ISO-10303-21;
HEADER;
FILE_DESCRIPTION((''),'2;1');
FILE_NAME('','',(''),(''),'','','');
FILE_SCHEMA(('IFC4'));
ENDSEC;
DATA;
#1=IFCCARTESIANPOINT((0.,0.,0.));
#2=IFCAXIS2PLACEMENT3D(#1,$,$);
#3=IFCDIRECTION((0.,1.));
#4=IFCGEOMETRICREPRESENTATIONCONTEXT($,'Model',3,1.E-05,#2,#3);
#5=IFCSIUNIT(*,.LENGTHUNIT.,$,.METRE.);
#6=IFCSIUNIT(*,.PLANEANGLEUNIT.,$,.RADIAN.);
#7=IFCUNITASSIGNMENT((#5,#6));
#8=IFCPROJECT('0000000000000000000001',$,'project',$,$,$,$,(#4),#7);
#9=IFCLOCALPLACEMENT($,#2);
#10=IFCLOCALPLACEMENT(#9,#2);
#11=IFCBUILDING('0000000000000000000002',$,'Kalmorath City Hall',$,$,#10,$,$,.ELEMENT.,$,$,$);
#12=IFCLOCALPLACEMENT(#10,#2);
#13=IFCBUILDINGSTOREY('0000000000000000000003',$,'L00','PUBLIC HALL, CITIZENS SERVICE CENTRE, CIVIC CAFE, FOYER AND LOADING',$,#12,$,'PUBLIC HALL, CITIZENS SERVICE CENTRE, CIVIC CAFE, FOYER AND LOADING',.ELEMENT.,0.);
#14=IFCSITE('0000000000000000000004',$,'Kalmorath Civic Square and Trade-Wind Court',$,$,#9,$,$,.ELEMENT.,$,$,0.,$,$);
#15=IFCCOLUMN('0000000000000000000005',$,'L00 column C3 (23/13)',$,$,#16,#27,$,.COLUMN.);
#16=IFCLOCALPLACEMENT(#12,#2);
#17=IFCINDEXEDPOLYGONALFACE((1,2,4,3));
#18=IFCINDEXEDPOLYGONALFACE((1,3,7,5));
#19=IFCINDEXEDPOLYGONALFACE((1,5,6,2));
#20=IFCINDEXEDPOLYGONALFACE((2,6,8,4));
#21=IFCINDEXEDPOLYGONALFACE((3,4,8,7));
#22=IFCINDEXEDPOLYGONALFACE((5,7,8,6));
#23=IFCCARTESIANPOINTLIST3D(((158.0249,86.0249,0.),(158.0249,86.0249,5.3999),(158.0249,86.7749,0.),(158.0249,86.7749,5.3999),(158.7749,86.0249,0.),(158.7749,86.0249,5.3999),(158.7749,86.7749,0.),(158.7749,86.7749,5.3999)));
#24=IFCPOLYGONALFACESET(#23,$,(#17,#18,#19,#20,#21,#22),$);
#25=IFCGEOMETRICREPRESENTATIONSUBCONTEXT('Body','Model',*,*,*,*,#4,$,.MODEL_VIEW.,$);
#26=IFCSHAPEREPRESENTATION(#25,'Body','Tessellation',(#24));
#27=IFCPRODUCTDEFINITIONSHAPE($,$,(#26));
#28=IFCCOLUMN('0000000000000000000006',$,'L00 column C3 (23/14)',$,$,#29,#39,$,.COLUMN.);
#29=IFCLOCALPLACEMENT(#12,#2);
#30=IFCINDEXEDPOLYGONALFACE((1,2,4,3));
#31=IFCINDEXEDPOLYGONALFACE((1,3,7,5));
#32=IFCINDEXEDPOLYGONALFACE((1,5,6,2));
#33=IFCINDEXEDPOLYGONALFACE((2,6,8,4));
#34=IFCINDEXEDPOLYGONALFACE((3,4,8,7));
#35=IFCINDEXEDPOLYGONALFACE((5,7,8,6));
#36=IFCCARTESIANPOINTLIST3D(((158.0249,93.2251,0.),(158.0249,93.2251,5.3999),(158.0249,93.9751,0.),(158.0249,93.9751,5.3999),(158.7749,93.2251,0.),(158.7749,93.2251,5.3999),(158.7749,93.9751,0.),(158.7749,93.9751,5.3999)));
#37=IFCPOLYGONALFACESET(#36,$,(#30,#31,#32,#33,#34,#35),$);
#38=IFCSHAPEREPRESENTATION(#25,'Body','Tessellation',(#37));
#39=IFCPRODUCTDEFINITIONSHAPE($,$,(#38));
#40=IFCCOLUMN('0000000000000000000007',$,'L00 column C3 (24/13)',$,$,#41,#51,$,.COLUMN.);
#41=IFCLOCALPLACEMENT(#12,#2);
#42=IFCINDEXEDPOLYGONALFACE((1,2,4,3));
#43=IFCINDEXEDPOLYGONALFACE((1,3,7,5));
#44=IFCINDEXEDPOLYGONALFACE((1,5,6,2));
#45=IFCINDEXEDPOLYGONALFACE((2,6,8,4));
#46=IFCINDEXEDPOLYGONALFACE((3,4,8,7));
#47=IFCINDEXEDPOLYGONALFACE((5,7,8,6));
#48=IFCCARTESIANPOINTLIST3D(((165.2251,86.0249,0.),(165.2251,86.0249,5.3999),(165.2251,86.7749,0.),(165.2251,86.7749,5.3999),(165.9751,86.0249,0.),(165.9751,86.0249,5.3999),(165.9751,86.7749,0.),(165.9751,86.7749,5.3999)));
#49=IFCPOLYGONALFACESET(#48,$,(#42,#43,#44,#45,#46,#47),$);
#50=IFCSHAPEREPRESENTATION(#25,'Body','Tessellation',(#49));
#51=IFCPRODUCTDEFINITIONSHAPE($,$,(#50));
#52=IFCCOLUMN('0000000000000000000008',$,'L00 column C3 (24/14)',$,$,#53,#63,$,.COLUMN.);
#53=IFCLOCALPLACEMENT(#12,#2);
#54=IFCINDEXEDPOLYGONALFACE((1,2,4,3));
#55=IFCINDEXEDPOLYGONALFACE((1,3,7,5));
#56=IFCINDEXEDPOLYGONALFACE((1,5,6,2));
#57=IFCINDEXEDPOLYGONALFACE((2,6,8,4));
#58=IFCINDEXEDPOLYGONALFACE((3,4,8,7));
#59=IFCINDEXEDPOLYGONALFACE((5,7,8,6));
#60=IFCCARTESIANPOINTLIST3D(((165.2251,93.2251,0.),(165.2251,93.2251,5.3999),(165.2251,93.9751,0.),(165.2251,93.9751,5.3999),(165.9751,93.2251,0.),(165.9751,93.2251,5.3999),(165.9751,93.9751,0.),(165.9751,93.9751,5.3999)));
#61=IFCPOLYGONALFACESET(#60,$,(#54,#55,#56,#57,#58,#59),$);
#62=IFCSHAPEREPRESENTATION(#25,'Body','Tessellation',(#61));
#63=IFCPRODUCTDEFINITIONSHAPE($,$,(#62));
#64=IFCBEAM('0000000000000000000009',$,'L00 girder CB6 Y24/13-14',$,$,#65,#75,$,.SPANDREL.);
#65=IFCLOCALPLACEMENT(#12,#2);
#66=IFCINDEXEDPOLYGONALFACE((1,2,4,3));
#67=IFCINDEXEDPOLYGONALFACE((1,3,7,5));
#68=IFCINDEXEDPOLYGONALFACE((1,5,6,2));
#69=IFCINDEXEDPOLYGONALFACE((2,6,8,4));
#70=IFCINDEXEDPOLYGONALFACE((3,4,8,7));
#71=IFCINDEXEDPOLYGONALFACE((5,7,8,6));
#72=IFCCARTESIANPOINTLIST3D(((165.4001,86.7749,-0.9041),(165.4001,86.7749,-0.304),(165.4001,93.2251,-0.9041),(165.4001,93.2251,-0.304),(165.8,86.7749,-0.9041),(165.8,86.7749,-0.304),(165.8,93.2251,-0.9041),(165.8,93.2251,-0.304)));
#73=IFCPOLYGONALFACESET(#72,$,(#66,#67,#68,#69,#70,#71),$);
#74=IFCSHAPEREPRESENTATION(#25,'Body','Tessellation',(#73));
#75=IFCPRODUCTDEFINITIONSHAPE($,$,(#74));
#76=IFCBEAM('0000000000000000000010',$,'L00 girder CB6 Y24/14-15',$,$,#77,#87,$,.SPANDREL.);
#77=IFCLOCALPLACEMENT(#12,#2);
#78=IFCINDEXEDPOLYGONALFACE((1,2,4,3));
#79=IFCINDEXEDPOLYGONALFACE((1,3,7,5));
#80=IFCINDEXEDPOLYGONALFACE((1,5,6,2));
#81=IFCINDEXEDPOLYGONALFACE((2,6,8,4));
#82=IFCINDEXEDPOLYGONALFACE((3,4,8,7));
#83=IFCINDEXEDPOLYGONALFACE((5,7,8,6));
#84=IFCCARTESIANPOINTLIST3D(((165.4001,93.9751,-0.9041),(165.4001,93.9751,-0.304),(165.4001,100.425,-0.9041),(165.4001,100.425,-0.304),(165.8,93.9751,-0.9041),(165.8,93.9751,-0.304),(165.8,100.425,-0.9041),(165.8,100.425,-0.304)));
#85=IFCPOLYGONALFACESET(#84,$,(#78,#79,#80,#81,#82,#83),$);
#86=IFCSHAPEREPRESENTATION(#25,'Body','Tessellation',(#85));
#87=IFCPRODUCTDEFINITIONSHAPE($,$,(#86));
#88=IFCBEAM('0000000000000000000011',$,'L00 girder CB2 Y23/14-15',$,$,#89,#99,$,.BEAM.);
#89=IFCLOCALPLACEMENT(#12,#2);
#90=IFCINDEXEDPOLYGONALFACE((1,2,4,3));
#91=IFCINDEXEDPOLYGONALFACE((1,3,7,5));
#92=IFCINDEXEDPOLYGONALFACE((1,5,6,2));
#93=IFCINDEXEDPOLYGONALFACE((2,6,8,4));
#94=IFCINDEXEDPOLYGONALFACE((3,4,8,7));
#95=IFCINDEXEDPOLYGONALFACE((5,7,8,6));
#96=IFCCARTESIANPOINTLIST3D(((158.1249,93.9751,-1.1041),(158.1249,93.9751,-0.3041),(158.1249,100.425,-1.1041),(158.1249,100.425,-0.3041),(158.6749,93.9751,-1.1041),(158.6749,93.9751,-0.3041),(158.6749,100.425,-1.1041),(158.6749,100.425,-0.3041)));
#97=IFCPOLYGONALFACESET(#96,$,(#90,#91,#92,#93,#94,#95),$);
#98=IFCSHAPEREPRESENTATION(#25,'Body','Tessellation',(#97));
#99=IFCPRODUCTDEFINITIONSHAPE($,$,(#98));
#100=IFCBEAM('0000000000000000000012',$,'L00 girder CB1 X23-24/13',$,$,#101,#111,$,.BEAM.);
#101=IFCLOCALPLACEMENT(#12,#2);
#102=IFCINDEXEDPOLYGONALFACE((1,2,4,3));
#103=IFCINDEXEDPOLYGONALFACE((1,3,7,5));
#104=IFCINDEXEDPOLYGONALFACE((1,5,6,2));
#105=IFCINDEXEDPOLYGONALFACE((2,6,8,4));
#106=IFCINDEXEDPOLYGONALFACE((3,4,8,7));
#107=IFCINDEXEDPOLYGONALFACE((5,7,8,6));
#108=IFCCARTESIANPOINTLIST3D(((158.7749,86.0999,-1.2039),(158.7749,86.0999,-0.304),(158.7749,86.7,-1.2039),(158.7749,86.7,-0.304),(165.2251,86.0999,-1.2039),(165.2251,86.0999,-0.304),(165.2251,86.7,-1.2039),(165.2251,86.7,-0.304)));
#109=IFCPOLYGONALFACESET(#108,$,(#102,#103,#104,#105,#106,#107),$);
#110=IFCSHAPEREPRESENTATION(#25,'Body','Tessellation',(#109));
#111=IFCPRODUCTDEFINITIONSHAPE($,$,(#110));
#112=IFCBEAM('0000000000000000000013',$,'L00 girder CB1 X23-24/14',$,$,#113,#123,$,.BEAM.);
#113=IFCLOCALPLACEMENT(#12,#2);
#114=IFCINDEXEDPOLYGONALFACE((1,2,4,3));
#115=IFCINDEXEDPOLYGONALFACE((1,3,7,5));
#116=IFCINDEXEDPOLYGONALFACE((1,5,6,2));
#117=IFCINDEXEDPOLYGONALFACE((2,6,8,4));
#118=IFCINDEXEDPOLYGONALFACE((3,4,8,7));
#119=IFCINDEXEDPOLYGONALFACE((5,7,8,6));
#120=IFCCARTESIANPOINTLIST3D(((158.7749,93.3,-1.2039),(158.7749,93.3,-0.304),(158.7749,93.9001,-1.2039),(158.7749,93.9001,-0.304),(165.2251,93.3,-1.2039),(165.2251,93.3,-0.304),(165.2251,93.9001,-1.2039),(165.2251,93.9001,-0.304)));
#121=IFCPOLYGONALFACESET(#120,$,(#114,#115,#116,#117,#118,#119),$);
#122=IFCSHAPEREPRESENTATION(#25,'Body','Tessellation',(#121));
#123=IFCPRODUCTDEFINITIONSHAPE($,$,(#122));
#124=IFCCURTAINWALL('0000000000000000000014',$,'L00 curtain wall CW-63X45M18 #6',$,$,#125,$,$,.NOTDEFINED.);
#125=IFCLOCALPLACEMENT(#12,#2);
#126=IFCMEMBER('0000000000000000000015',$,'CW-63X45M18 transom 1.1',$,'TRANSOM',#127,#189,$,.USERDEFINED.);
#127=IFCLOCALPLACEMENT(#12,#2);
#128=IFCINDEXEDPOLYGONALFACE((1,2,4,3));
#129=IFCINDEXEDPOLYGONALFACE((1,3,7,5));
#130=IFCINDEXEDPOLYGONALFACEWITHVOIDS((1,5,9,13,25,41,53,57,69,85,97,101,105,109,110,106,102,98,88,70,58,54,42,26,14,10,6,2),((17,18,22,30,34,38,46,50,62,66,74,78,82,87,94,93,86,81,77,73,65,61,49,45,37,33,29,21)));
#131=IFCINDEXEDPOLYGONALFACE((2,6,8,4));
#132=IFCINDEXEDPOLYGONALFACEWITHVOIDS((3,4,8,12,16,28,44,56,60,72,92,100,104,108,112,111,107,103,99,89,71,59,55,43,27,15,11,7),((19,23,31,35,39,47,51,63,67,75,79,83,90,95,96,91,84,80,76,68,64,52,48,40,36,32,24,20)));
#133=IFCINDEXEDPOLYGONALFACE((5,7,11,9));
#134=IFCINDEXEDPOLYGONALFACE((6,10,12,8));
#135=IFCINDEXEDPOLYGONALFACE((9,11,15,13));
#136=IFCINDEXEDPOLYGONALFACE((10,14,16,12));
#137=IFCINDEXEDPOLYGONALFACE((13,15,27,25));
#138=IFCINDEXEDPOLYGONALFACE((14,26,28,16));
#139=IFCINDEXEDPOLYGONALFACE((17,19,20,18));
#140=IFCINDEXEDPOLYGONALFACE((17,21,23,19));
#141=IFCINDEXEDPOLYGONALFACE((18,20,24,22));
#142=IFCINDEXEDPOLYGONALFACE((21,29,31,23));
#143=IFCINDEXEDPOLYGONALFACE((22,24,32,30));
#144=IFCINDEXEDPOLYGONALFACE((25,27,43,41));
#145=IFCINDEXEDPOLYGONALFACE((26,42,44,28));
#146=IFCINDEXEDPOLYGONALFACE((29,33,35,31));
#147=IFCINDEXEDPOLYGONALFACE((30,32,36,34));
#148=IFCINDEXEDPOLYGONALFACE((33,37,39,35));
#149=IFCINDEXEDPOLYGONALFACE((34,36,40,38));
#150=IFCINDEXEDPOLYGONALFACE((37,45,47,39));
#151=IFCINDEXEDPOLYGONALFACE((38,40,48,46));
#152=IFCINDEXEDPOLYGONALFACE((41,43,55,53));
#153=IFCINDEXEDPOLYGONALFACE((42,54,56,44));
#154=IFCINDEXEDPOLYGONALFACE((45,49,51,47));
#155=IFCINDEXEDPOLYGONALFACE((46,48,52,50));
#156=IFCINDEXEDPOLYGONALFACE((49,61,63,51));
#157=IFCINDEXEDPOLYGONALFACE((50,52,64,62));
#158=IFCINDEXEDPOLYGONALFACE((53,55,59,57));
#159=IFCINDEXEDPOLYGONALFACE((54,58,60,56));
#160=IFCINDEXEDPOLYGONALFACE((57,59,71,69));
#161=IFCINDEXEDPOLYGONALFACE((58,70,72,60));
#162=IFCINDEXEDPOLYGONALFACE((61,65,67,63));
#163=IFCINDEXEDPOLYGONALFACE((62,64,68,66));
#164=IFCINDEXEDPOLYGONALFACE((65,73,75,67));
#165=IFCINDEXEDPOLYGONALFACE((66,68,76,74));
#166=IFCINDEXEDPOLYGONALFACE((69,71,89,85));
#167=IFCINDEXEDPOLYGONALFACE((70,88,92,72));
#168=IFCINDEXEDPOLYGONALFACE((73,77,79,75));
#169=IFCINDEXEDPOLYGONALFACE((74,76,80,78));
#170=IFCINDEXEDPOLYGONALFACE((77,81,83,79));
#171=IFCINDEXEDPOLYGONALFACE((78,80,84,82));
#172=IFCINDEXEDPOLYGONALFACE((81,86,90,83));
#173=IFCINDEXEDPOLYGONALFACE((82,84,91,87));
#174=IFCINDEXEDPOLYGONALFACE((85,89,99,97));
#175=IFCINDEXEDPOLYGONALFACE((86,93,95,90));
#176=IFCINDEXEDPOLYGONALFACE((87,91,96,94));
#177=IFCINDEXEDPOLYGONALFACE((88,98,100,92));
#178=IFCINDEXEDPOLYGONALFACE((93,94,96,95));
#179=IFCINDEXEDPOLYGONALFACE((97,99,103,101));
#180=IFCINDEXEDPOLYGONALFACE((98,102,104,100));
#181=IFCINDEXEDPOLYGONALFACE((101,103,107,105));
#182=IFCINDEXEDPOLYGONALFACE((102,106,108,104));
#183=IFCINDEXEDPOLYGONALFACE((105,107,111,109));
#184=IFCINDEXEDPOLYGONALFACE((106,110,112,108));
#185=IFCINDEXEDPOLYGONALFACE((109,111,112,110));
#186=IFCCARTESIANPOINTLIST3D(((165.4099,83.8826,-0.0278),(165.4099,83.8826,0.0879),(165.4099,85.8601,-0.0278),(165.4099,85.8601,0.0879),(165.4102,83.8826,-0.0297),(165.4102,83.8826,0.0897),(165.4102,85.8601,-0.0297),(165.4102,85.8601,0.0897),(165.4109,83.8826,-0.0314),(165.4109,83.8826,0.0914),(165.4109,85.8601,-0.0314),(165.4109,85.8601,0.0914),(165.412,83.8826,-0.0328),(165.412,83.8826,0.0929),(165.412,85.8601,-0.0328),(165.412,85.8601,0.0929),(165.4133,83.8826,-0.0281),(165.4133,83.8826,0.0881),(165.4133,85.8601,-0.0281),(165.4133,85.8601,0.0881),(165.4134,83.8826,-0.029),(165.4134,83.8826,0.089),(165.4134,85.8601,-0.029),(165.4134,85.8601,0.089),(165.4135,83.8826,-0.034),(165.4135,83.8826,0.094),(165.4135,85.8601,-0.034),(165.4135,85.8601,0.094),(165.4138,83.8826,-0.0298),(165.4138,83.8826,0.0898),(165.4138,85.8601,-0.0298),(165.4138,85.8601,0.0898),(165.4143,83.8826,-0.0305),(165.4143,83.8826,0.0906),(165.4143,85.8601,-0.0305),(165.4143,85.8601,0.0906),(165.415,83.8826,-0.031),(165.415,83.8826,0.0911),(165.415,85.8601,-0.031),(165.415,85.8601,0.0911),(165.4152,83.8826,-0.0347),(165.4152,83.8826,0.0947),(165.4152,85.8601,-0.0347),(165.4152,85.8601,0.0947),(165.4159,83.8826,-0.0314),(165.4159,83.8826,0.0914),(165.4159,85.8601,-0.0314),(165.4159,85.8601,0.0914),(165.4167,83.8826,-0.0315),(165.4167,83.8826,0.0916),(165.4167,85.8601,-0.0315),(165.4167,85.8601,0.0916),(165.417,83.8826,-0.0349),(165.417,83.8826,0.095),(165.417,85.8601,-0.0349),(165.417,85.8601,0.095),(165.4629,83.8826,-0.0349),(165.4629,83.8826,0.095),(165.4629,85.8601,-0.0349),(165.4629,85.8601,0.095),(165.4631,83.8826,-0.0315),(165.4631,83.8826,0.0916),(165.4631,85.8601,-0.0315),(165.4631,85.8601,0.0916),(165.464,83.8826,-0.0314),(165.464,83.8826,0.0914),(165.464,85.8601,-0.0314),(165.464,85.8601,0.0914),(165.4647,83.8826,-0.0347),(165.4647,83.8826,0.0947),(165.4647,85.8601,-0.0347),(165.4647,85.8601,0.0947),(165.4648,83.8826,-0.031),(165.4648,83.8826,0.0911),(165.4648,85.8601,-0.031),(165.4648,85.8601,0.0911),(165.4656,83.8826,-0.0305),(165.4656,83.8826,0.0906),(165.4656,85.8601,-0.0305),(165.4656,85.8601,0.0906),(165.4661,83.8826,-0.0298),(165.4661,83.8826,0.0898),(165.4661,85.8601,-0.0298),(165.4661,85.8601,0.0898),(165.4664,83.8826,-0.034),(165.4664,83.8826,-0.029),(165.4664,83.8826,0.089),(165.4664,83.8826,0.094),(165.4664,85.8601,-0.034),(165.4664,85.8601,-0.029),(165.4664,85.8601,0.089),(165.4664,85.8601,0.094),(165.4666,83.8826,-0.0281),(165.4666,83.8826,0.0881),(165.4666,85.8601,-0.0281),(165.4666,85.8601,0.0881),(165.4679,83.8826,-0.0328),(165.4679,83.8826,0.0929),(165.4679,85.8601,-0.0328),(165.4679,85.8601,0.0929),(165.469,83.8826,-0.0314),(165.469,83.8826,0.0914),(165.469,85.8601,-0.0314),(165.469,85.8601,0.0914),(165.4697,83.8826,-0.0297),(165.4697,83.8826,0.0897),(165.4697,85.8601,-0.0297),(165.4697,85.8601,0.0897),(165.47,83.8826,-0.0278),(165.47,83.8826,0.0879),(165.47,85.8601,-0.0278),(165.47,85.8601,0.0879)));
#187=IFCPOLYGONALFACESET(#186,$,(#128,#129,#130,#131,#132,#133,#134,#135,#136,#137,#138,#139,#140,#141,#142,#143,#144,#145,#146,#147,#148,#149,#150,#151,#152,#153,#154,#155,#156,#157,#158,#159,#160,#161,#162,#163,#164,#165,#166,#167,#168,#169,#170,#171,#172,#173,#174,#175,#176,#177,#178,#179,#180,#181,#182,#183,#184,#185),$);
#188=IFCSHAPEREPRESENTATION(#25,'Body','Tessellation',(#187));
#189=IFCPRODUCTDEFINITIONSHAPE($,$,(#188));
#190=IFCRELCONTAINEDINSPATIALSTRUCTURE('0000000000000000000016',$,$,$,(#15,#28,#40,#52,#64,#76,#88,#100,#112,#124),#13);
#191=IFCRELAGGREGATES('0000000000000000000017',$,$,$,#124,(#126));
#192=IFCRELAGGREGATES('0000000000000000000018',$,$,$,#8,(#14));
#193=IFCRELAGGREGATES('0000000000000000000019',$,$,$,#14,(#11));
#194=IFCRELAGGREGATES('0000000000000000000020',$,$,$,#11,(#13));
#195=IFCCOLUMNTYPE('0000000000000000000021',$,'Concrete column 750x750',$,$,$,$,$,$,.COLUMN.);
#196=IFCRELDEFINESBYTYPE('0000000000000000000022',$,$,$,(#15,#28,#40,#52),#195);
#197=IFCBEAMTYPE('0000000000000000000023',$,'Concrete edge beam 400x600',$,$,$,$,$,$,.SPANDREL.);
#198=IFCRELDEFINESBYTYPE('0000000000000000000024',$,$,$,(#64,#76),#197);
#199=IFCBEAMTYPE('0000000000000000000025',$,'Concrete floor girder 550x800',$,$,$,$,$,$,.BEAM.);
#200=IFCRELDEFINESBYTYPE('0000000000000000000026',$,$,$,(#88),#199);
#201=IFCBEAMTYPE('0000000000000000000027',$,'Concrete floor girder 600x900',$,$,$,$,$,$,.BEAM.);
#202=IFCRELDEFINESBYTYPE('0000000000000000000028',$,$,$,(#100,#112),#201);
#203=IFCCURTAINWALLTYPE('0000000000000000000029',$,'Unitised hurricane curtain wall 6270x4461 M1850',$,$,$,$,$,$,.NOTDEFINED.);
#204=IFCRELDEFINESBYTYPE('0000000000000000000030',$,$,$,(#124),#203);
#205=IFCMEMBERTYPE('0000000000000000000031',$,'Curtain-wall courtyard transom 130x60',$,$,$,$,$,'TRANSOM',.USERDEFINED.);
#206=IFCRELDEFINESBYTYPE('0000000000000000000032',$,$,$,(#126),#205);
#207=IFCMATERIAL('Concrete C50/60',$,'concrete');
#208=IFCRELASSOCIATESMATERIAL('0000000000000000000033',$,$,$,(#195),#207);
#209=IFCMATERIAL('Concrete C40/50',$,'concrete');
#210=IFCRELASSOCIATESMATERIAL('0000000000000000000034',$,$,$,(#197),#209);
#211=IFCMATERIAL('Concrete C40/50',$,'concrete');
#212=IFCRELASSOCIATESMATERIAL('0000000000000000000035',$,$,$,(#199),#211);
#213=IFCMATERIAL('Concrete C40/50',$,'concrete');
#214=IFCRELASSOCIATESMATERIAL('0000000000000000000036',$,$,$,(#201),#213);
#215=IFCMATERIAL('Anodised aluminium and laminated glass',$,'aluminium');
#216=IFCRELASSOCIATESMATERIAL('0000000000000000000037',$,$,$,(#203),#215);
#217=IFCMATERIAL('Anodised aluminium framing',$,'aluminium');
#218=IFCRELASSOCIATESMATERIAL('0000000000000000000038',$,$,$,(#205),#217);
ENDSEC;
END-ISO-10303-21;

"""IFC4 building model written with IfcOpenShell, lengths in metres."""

from ifc_helpers import new_model, si_unit, direction, frame, origin, origin_2d, place, context, subcontext, project, spatial, rectangle, hollow_rectangle, extrude, material, material_profile, profile_set, type_object, element, aggregate, save


model = new_model("IFC4")

# Units and contexts
model_context = context("Model", 3, precision=1e-05, world=origin(), true_north=direction((0.0, 1.0)))
body_context = subcontext(model_context, "Body", "Model", "MODEL_VIEW")
ifc_project = project(units=[si_unit("LENGTHUNIT", "METRE"), si_unit("PLANEANGLEUNIT", "RADIAN")], contexts=[model_context])

# Site, building, storey
site_placement = place(None, origin())
site = spatial("IfcSite", under=ifc_project, at=site_placement, Name="Kalmorath Civic Square and Trade-Wind Court", CompositionType="ELEMENT", RefElevation=0.0)
building_placement = place(site_placement, origin())
building = spatial("IfcBuilding", under=site, at=building_placement, Name="Kalmorath City Hall", CompositionType="ELEMENT")
storey_placement = place(building_placement, origin())
storey = spatial("IfcBuildingStorey", under=building, at=storey_placement, Name="L00", Description="PUBLIC HALL, CITIZENS SERVICE CENTRE, CIVIC CAFE, FOYER AND LOADING", LongName="PUBLIC HALL, CITIZENS SERVICE CENTRE, CIVIC CAFE, FOYER AND LOADING", CompositionType="ELEMENT", Elevation=0.0)

# Columns
ifc_material_1 = material(Name="Concrete C50/60", Category="concrete")
ifc_material_profile_1 = material_profile(ifc_material_1, rectangle(XDim=0.75, YDim=0.75, at=origin_2d()), Name="RC-COL-750X750")
ifc_profile_set_1 = profile_set([ifc_material_profile_1], Name="Concrete C50/60")
column_type = type_object("IfcColumnType", Name="Concrete column 750x750", PredefinedType="COLUMN", material=ifc_profile_set_1)
for number, where, z_axis, x_axis, name in (
    (1, (158.3999, 86.3999, 0.0), (0.0, 0.0, 1.0), (1.0, 0.0, 0.0), "L00 column C3 (23/13)"),
    (2, (158.3999, 93.6001, 0.0), (0.0, 0.0, 1.0), (1.0, 0.0, 0.0), "L00 column C3 (23/14)"),
    (3, (165.6001, 86.3999, 0.0), (0.0, 0.0, 1.0), (1.0, 0.0, 0.0), "L00 column C3 (24/13)"),
    (4, (165.6001, 93.6001, 0.0), (0.0, 0.0, 1.0), (1.0, 0.0, 0.0), "L00 column C3 (24/14)"),
):
    element("IfcColumn", number, at=place(storey_placement, frame(where, z_axis=z_axis, x_axis=x_axis)), inside=storey, type_object=column_type, Name=name, PredefinedType="COLUMN", context=body_context, shape_type="SweptSolid", body=[
        extrude(rectangle(XDim=0.75, YDim=0.75, at=origin_2d()), origin(), (0.0, 0.0, 1.0), 5.3999),
    ])

# Beams
ifc_material_2 = material(Name="Concrete C40/50", Category="concrete")
ifc_material_profile_2 = material_profile(ifc_material_2, rectangle(XDim=0.3999, YDim=0.6001, at=origin_2d()), Name="RC-BM-400X600")
ifc_profile_set_2 = profile_set([ifc_material_profile_2], Name="Concrete C40/50")
beam_type_1 = type_object("IfcBeamType", Name="Concrete edge beam 400x600", PredefinedType="SPANDREL", material=ifc_profile_set_2)
beam_1_placement = place(storey_placement, frame((165.6001, 86.7749, -0.604), z_axis=(0.0, 1.0, 0.0), x_axis=(-1.0, 0.0, 0.0)))
element("IfcBeam", 5, at=beam_1_placement, inside=storey, type_object=beam_type_1, Name="L00 girder CB6 Y24/13-14", PredefinedType="SPANDREL", context=body_context, shape_type="SweptSolid", body=[
    extrude(rectangle(XDim=0.3999, YDim=0.6001, at=origin_2d()), origin(), (0.0, 0.0, 1.0), 6.4502),
])
beam_2_placement = place(storey_placement, frame((165.6001, 93.9751, -0.604), z_axis=(0.0, 1.0, 0.0), x_axis=(-1.0, 0.0, 0.0)))
element("IfcBeam", 6, at=beam_2_placement, inside=storey, type_object=beam_type_1, Name="L00 girder CB6 Y24/14-15", PredefinedType="SPANDREL", context=body_context, shape_type="SweptSolid", body=[
    extrude(rectangle(XDim=0.3999, YDim=0.6001, at=origin_2d()), origin(), (0.0, 0.0, 1.0), 6.45),
])
ifc_material_3 = material(Name="Concrete C40/50", Category="concrete")
ifc_material_profile_3 = material_profile(ifc_material_3, rectangle(XDim=0.55, YDim=0.8, at=origin_2d()), Name="RC-BM-550X800")
ifc_profile_set_3 = profile_set([ifc_material_profile_3], Name="Concrete C40/50")
beam_type_2 = type_object("IfcBeamType", Name="Concrete floor girder 550x800", PredefinedType="BEAM", material=ifc_profile_set_3)
beam_3_placement = place(storey_placement, frame((158.3999, 93.9751, -0.7041), z_axis=(0.0, 1.0, 0.0), x_axis=(-1.0, 0.0, 0.0)))
element("IfcBeam", 7, at=beam_3_placement, inside=storey, type_object=beam_type_2, Name="L00 girder CB2 Y23/14-15", PredefinedType="BEAM", context=body_context, shape_type="SweptSolid", body=[
    extrude(rectangle(XDim=0.55, YDim=0.8, at=origin_2d()), origin(), (0.0, 0.0, 1.0), 6.45),
])
ifc_material_4 = material(Name="Concrete C40/50", Category="concrete")
ifc_material_profile_4 = material_profile(ifc_material_4, rectangle(XDim=0.6001, YDim=0.8999, at=origin_2d()), Name="RC-BM-600X900")
ifc_profile_set_4 = profile_set([ifc_material_profile_4], Name="Concrete C40/50")
beam_type_3 = type_object("IfcBeamType", Name="Concrete floor girder 600x900", PredefinedType="BEAM", material=ifc_profile_set_4)
for number, where, z_axis, x_axis, name in (
    (8, (158.7749, 86.3999, -0.7539), (1.0, 0.0, 0.0), (0.0, 1.0, 0.0), "L00 girder CB1 X23-24/13"),
    (9, (158.7749, 93.6001, -0.7539), (1.0, 0.0, 0.0), (0.0, 1.0, 0.0), "L00 girder CB1 X23-24/14"),
):
    element("IfcBeam", number, at=place(storey_placement, frame(where, z_axis=z_axis, x_axis=x_axis)), inside=storey, type_object=beam_type_3, Name=name, PredefinedType="BEAM", context=body_context, shape_type="SweptSolid", body=[
        extrude(rectangle(XDim=0.6001, YDim=0.8999, at=origin_2d()), origin(), (0.0, 0.0, 1.0), 6.4502),
    ])

# Curtain wall, member
ifc_material_5 = material(Name="Anodised aluminium and laminated glass", Category="aluminium")
curtain_wall_type = type_object("IfcCurtainWallType", Name="Unitised hurricane curtain wall 6270x4461 M1850", PredefinedType="NOTDEFINED", material=ifc_material_5)
curtain_wall_1_placement = place(storey_placement, origin())
curtain_wall_1 = element("IfcCurtainWall", 10, at=curtain_wall_1_placement, inside=storey, type_object=curtain_wall_type, Name="L00 curtain wall CW-63X45M18 #6", PredefinedType="NOTDEFINED")
ifc_material_6 = material(Name="Anodised aluminium framing", Category="aluminium")
ifc_material_profile_5 = material_profile(ifc_material_6, hollow_rectangle(XDim=0.0601, YDim=0.1299, WallThickness=0.0034, InnerFilletRadius=0.0034, OuterFilletRadius=0.0071, at=origin_2d()), Name="ALU-TRN-130X60X3.5")
ifc_profile_set_5 = profile_set([ifc_material_profile_5], Name="Anodised aluminium framing")
member_type_1 = type_object("IfcMemberType", Name="Curtain-wall courtyard transom 130x60", ElementType="TRANSOM", PredefinedType="USERDEFINED", material=ifc_profile_set_5)
member_1_placement = place(storey_placement, frame((165.4399, 85.8601, 0.03), z_axis=(0.0, -1.0, 0.0), x_axis=(1.0, 0.0, 0.0)))
member_1 = element("IfcMember", 11, at=member_1_placement, type_object=member_type_1, Name="CW-63X45M18 transom 1.1", ObjectType="TRANSOM", PredefinedType="USERDEFINED", context=body_context, shape_type="SweptSolid", body=[
    extrude(hollow_rectangle(XDim=0.0601, YDim=0.1299, WallThickness=0.0034, InnerFilletRadius=0.0034, OuterFilletRadius=0.0071, at=origin_2d()), origin(), (0.0, 0.0, 1.0), 1.9775),
])

aggregate(curtain_wall_1, [member_1])

save(model, "model.ifc")
